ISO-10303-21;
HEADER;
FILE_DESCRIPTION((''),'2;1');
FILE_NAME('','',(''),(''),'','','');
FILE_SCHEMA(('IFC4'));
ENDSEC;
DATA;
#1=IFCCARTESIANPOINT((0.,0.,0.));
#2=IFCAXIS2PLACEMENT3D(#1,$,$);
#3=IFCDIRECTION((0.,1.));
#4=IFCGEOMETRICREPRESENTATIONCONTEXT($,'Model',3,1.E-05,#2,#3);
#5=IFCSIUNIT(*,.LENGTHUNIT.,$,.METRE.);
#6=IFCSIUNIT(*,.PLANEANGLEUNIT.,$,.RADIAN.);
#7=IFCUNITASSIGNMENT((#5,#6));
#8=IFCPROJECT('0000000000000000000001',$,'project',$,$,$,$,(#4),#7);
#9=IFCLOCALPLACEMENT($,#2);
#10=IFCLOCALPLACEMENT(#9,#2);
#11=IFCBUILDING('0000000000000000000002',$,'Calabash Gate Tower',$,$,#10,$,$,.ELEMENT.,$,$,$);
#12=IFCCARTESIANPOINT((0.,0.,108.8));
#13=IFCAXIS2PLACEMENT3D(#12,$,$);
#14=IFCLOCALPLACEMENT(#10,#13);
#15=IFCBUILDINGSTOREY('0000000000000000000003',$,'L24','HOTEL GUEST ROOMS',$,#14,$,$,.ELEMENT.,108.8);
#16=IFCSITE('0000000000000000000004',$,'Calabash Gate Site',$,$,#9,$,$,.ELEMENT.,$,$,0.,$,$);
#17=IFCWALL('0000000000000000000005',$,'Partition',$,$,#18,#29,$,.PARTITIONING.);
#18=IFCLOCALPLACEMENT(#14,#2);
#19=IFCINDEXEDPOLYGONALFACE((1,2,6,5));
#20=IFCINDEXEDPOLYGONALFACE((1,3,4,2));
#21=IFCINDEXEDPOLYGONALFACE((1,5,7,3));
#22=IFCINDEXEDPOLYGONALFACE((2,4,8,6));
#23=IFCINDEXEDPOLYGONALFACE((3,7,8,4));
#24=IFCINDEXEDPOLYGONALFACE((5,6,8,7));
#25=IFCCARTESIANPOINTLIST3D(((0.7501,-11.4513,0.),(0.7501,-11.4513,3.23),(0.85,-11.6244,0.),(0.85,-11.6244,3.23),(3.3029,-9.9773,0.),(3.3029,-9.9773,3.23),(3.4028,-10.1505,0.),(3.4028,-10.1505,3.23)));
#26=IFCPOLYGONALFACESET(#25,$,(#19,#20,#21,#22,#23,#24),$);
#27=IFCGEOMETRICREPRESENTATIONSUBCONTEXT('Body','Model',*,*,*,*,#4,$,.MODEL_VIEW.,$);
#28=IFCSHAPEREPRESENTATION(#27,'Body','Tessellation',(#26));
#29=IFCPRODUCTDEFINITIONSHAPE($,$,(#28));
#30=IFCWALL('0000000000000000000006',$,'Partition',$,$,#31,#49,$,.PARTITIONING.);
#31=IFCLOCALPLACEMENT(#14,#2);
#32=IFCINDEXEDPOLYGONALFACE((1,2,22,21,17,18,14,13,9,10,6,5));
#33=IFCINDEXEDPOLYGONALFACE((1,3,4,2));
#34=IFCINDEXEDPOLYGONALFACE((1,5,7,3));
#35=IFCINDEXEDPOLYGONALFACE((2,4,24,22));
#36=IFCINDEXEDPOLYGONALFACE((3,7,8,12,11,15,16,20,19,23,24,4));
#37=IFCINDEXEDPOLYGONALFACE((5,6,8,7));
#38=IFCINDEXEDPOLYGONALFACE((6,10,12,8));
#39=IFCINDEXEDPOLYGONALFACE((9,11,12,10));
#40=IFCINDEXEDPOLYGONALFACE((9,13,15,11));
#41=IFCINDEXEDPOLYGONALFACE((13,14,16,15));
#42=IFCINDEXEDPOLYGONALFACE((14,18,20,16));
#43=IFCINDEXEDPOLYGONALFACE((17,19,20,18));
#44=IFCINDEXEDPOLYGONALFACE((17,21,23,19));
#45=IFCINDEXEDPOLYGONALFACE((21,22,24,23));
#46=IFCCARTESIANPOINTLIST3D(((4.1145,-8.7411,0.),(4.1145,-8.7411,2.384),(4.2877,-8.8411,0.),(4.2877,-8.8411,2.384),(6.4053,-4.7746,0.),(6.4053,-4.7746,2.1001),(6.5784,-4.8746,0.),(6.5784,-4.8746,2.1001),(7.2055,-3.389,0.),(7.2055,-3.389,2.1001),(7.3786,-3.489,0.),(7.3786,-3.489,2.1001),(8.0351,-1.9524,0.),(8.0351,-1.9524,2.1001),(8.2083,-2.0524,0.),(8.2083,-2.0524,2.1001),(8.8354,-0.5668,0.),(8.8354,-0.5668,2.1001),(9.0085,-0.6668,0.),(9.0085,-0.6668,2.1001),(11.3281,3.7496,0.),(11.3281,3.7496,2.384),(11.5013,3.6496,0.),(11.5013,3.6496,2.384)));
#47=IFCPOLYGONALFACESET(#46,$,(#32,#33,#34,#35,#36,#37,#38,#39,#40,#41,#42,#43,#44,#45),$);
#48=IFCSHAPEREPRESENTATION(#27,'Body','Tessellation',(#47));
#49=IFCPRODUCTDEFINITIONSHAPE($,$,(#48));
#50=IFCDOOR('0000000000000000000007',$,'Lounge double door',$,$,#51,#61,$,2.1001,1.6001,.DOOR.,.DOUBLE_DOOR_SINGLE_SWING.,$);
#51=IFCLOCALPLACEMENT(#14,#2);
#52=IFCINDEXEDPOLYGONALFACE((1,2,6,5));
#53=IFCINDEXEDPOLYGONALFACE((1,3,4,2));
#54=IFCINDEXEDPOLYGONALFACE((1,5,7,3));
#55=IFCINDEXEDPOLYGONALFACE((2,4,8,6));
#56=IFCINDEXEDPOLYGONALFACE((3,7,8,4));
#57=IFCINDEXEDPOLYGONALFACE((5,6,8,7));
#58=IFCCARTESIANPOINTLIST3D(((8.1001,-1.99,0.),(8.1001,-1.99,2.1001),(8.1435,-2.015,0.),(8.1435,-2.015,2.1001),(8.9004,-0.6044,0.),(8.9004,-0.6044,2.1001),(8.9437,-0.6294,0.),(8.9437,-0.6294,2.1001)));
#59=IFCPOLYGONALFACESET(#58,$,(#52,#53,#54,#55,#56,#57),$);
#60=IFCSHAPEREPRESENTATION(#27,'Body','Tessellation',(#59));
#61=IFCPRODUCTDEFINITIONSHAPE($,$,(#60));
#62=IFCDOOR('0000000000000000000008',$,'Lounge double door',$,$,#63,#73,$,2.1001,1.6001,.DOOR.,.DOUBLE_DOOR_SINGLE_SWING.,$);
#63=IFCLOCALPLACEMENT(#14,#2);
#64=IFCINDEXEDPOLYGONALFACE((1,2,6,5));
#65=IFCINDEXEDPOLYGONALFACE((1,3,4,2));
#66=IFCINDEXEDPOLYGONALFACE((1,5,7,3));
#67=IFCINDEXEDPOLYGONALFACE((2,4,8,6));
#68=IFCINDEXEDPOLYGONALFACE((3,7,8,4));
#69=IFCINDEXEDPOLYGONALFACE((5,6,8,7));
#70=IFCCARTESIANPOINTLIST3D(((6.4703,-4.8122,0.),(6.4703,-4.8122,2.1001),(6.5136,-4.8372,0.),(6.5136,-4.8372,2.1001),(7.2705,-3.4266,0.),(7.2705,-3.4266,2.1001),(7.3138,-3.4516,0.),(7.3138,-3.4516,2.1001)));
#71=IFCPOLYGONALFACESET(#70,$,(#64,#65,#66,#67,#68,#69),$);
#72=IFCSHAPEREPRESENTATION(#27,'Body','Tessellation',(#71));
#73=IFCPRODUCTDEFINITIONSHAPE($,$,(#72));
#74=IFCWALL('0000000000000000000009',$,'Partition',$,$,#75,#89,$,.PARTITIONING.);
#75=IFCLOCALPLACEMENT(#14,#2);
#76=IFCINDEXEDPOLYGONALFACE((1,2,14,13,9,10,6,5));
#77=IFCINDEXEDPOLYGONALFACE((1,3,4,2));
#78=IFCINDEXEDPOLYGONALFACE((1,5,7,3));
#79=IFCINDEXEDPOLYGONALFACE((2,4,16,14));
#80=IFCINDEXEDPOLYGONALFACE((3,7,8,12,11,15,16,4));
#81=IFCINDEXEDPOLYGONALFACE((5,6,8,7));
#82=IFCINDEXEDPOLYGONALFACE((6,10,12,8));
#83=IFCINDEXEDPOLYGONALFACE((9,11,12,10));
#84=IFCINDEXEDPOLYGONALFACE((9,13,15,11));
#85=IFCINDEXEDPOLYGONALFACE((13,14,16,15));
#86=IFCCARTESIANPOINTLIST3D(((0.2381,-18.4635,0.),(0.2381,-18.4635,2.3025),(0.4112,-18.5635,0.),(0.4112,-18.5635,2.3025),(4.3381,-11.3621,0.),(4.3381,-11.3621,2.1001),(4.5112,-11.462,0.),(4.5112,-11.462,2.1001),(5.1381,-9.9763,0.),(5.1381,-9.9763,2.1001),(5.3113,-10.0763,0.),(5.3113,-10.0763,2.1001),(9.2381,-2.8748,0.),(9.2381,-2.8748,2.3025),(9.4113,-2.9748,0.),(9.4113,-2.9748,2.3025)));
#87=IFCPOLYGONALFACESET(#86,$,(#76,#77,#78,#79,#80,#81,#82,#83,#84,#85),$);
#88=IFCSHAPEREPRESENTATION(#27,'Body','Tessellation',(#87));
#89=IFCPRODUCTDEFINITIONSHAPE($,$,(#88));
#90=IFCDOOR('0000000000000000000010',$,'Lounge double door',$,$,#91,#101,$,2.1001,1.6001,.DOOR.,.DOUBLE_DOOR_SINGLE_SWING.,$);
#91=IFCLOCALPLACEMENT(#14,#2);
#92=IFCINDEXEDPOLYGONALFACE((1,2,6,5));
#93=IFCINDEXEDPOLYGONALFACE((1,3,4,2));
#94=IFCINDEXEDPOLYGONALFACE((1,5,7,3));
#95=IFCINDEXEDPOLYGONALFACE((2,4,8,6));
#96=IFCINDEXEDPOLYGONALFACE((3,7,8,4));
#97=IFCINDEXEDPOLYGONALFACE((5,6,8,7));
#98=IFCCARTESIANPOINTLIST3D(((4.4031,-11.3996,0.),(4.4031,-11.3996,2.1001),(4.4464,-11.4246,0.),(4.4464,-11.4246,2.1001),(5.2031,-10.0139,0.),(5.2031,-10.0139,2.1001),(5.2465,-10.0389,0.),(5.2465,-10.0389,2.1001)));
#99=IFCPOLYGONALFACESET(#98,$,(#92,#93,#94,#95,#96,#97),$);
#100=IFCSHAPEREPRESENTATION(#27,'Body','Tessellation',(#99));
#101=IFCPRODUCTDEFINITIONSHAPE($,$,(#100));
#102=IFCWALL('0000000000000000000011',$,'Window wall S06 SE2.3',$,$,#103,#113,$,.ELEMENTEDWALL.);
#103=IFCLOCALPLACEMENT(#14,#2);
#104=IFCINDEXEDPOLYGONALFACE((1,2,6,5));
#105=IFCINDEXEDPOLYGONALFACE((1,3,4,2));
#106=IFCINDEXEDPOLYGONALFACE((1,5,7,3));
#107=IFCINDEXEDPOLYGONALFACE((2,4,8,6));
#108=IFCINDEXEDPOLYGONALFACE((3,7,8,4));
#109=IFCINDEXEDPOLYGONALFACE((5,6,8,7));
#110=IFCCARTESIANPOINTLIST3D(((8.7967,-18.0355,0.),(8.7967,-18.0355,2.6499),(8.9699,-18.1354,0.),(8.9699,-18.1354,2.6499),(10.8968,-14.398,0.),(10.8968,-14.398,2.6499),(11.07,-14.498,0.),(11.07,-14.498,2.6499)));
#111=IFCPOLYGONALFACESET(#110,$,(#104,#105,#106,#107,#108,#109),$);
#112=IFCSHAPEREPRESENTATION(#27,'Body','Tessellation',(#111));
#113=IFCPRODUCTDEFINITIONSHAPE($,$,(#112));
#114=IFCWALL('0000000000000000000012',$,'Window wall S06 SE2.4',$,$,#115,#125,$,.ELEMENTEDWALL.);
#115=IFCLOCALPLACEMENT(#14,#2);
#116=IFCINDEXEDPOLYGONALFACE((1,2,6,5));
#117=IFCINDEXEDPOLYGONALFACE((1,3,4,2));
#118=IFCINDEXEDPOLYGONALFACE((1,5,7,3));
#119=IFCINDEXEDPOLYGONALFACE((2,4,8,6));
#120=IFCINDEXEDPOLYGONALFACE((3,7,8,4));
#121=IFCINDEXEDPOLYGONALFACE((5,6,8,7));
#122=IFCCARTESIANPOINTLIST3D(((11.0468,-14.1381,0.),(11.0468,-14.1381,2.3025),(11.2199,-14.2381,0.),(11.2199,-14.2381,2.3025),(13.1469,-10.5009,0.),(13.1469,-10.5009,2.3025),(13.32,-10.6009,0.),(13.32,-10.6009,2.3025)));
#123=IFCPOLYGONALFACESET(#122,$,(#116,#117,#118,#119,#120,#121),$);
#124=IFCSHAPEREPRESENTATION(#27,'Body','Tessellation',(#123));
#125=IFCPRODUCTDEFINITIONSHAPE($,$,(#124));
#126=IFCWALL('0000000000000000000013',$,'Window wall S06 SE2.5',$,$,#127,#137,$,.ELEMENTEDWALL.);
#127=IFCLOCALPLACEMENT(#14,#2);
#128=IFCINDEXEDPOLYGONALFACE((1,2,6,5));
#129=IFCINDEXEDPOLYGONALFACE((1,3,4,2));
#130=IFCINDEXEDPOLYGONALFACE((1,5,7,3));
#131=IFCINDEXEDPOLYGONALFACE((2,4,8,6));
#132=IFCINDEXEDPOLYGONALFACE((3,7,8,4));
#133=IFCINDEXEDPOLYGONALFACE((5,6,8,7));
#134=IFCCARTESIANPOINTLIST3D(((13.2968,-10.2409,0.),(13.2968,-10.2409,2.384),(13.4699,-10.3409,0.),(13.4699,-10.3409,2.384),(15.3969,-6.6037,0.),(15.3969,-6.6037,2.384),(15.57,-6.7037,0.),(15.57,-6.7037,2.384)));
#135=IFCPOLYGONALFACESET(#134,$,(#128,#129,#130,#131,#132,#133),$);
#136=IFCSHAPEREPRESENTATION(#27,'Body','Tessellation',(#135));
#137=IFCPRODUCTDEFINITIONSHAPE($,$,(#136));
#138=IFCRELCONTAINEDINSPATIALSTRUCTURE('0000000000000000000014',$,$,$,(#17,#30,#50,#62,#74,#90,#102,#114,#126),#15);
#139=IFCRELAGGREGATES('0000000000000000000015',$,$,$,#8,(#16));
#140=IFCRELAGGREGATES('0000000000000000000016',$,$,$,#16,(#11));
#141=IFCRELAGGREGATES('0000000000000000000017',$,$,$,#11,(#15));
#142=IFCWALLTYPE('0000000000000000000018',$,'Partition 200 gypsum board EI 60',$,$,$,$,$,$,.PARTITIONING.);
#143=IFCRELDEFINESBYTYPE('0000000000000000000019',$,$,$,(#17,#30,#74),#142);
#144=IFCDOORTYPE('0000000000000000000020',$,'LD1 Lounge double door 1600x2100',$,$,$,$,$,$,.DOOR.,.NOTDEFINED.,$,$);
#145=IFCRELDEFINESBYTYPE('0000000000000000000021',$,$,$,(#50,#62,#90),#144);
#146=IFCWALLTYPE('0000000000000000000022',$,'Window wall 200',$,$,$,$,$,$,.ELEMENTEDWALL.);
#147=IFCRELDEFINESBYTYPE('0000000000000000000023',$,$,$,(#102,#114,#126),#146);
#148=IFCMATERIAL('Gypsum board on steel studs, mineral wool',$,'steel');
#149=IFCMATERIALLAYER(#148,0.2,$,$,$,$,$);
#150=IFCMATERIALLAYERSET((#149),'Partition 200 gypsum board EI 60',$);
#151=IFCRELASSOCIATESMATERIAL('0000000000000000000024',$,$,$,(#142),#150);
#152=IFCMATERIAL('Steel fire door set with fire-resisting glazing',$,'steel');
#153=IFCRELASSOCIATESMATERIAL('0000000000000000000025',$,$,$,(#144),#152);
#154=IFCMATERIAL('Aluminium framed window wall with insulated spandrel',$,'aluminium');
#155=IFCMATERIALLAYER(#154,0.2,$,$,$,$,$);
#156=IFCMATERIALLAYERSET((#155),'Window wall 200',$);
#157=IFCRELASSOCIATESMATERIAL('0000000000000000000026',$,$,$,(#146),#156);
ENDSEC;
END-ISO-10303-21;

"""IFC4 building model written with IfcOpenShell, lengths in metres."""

from ifc_helpers import new_model, si_unit, direction, frame, frame_2d, origin, place, context, subcontext, project, spatial, rectangle, extrude, material, layer, layer_set, type_object, element, fill, save


model = new_model("IFC4")

# Units and contexts
model_context = context("Model", 3, precision=1e-05, world=origin(), true_north=direction((0.0, 1.0)))
body_context = subcontext(model_context, "Body", "Model", "MODEL_VIEW")
ifc_project = project(units=[si_unit("LENGTHUNIT", "METRE"), si_unit("PLANEANGLEUNIT", "RADIAN")], contexts=[model_context])

# Site, building, storey
site_placement = place(None, origin())
site = spatial("IfcSite", under=ifc_project, at=site_placement, Name="Calabash Gate Site", CompositionType="ELEMENT", RefElevation=0.0)
building_placement = place(site_placement, origin())
building = spatial("IfcBuilding", under=site, at=building_placement, Name="Calabash Gate Tower", CompositionType="ELEMENT")
storey_placement = place(building_placement, frame((0.0, 0.0, 108.8)))
storey = spatial("IfcBuildingStorey", under=building, at=storey_placement, Name="L24", Description="HOTEL GUEST ROOMS", CompositionType="ELEMENT", Elevation=108.8)

# Shared definitions
ifc_material_1 = material(Name="Gypsum board on steel studs, mineral wool", Category="steel")
ifc_layer_1 = layer(ifc_material_1, 0.2)
ifc_layer_set_1 = layer_set([ifc_layer_1], Name="Partition 200 gypsum board EI 60")
wall_type_1 = type_object("IfcWallType", Name="Partition 200 gypsum board EI 60", PredefinedType="PARTITIONING", material=ifc_layer_set_1)

# Wall
wall_1_placement = place(storey_placement, frame((0.8, -11.5378, 0.0), z_axis=(0.0, 0.0, 1.0), x_axis=(0.866017, 0.500014, 0.0)))
element("IfcWall", 1, at=wall_1_placement, inside=storey, type_object=wall_type_1, Name="Partition", PredefinedType="PARTITIONING", context=body_context, shape_type="SweptSolid", body=[
    extrude(rectangle(XDim=2.9478, YDim=0.2, at=frame_2d((1.4739, 0.0))), origin(), (0.0, 0.0, 1.0), 3.23),
])

# Wall, openings, doors
wall_2_placement = place(storey_placement, frame((4.2012, -8.791, 0.0), z_axis=(0.0, 0.0, 1.0), x_axis=(0.500109, 0.865962, 0.0)))
wall_2 = element("IfcWall", 2, at=wall_2_placement, inside=storey, type_object=wall_type_1, Name="Partition", PredefinedType="PARTITIONING", context=body_context, shape_type="SweptSolid", body=[
    extrude(rectangle(XDim=14.4241, YDim=0.2, at=frame_2d((7.2119, 0.0))), origin(), (0.0, 0.0, 1.0), 2.384),
])
opening_1_placement = place(wall_2_placement, frame((7.8394, 0.0, 0.0)))
opening_1 = element("IfcOpeningElement", 3, at=opening_1_placement, cuts=wall_2, PredefinedType="OPENING", context=body_context, shape_type="SweptSolid", body=[
    extrude(rectangle(XDim=1.6001, YDim=2.1001, at=frame_2d((0.8, 1.05))), frame((0.0, 0.1099, 0.0), z_axis=(0.0, -1.0, 0.0), x_axis=(1.0, 0.0, 0.0)), (0.0, 0.0, 1.0), 0.22),
])
opening_2_placement = place(wall_2_placement, frame((4.5803, 0.0, 0.0)))
opening_2 = element("IfcOpeningElement", 4, at=opening_2_placement, cuts=wall_2, PredefinedType="OPENING", context=body_context, shape_type="SweptSolid", body=[
    extrude(rectangle(XDim=1.6001, YDim=2.1001, at=frame_2d((0.8, 1.05))), frame((0.0, 0.1099, 0.0), z_axis=(0.0, -1.0, 0.0), x_axis=(1.0, 0.0, 0.0)), (0.0, 0.0, 1.0), 0.22),
])
ifc_material_2 = material(Name="Steel fire door set with fire-resisting glazing", Category="steel")
door_type_1 = type_object("IfcDoorType", Name="LD1 Lounge double door 1600x2100", OperationType="NOTDEFINED", PredefinedType="DOOR", material=ifc_material_2)
door_1_placement = place(opening_1_placement, origin())
door_1 = element("IfcDoor", 5, at=door_1_placement, inside=storey, type_object=door_type_1, Name="Lounge double door", OperationType="DOUBLE_DOOR_SINGLE_SWING", OverallHeight=2.1001, OverallWidth=1.6001, PredefinedType="DOOR", context=body_context, shape_type="SweptSolid", body=[
    extrude(rectangle(XDim=1.6001, YDim=2.1001, at=frame_2d((0.8, 1.05))), frame((0.0, 0.0249, 0.0), z_axis=(0.0, -1.0, 0.0), x_axis=(1.0, 0.0, 0.0)), (0.0, 0.0, 1.0), 0.05),
])
fill(opening_1, door_1)
door_2_placement = place(opening_2_placement, origin())
door_2 = element("IfcDoor", 6, at=door_2_placement, inside=storey, type_object=door_type_1, Name="Lounge double door", OperationType="DOUBLE_DOOR_SINGLE_SWING", OverallHeight=2.1001, OverallWidth=1.6001, PredefinedType="DOOR", context=body_context, shape_type="SweptSolid", body=[
    extrude(rectangle(XDim=1.6001, YDim=2.1001, at=frame_2d((0.8, 1.05))), frame((0.0, 0.0249, 0.0), z_axis=(0.0, -1.0, 0.0), x_axis=(1.0, 0.0, 0.0)), (0.0, 0.0, 1.0), 0.05),
])
fill(opening_2, door_2)

# Wall, opening, door
wall_3_placement = place(storey_placement, frame((0.3247, -18.5134, 0.0), z_axis=(0.0, 0.0, 1.0), x_axis=(0.499996, 0.866028, 0.0)))
wall_3 = element("IfcWall", 7, at=wall_3_placement, inside=storey, type_object=wall_type_1, Name="Partition", PredefinedType="PARTITIONING", context=body_context, shape_type="SweptSolid", body=[
    extrude(rectangle(XDim=18.0002, YDim=0.2, at=frame_2d((9.0, 0.0))), origin(), (0.0, 0.0, 1.0), 2.3025),
])
opening_3_placement = place(wall_3_placement, frame((8.2, 0.0, 0.0)))
opening_3 = element("IfcOpeningElement", 8, at=opening_3_placement, cuts=wall_3, PredefinedType="OPENING", context=body_context, shape_type="SweptSolid", body=[
    extrude(rectangle(XDim=1.6001, YDim=2.1001, at=frame_2d((0.8, 1.05))), frame((0.0, 0.1099, 0.0), z_axis=(0.0, -1.0, 0.0), x_axis=(1.0, 0.0, 0.0)), (0.0, 0.0, 1.0), 0.22),
])
door_3_placement = place(opening_3_placement, origin())
door_3 = element("IfcDoor", 9, at=door_3_placement, inside=storey, type_object=door_type_1, Name="Lounge double door", OperationType="DOUBLE_DOOR_SINGLE_SWING", OverallHeight=2.1001, OverallWidth=1.6001, PredefinedType="DOOR", context=body_context, shape_type="SweptSolid", body=[
    extrude(rectangle(XDim=1.6001, YDim=2.1001, at=frame_2d((0.8, 1.05))), frame((0.0, 0.0249, 0.0), z_axis=(0.0, -1.0, 0.0), x_axis=(1.0, 0.0, 0.0)), (0.0, 0.0, 1.0), 0.05),
])
fill(opening_3, door_3)

# Walls
ifc_material_3 = material(Name="Aluminium framed window wall with insulated spandrel", Category="aluminium")
ifc_layer_2 = layer(ifc_material_3, 0.2)
ifc_layer_set_2 = layer_set([ifc_layer_2], Name="Window wall 200")
wall_type_2 = type_object("IfcWallType", Name="Window wall 200", PredefinedType="ELEMENTEDWALL", material=ifc_layer_set_2)
wall_4_placement = place(storey_placement, frame((8.8833, -18.0854, 0.0), z_axis=(0.0, 0.0, 1.0), x_axis=(0.500003, 0.866024, 0.0)))
element("IfcWall", 10, at=wall_4_placement, inside=storey, type_object=wall_type_2, Name="Window wall S06 SE2.3", PredefinedType="ELEMENTEDWALL", context=body_context, shape_type="SweptSolid", body=[
    extrude(rectangle(XDim=4.2002, YDim=0.2, at=frame_2d((2.1001, 0.0))), origin(), (0.0, 0.0, 1.0), 2.6499),
])
wall_5_placement = place(storey_placement, frame((11.1333, -14.1882, 0.0), z_axis=(0.0, 0.0, 1.0), x_axis=(0.500028, 0.866009, 0.0)))
element("IfcWall", 11, at=wall_5_placement, inside=storey, type_object=wall_type_2, Name="Window wall S06 SE2.4", PredefinedType="ELEMENTEDWALL", context=body_context, shape_type="SweptSolid", body=[
    extrude(rectangle(XDim=4.2, YDim=0.2, at=frame_2d((2.1001, 0.0))), origin(), (0.0, 0.0, 1.0), 2.3025),
])
wall_6_placement = place(storey_placement, frame((13.3833, -10.291, 0.0), z_axis=(0.0, 0.0, 1.0), x_axis=(0.500028, 0.866009, 0.0)))
element("IfcWall", 12, at=wall_6_placement, inside=storey, type_object=wall_type_2, Name="Window wall S06 SE2.5", PredefinedType="ELEMENTEDWALL", context=body_context, shape_type="SweptSolid", body=[
    extrude(rectangle(XDim=4.2, YDim=0.2, at=frame_2d((2.1001, 0.0))), origin(), (0.0, 0.0, 1.0), 2.384),
])

save(model, "model.ifc")
